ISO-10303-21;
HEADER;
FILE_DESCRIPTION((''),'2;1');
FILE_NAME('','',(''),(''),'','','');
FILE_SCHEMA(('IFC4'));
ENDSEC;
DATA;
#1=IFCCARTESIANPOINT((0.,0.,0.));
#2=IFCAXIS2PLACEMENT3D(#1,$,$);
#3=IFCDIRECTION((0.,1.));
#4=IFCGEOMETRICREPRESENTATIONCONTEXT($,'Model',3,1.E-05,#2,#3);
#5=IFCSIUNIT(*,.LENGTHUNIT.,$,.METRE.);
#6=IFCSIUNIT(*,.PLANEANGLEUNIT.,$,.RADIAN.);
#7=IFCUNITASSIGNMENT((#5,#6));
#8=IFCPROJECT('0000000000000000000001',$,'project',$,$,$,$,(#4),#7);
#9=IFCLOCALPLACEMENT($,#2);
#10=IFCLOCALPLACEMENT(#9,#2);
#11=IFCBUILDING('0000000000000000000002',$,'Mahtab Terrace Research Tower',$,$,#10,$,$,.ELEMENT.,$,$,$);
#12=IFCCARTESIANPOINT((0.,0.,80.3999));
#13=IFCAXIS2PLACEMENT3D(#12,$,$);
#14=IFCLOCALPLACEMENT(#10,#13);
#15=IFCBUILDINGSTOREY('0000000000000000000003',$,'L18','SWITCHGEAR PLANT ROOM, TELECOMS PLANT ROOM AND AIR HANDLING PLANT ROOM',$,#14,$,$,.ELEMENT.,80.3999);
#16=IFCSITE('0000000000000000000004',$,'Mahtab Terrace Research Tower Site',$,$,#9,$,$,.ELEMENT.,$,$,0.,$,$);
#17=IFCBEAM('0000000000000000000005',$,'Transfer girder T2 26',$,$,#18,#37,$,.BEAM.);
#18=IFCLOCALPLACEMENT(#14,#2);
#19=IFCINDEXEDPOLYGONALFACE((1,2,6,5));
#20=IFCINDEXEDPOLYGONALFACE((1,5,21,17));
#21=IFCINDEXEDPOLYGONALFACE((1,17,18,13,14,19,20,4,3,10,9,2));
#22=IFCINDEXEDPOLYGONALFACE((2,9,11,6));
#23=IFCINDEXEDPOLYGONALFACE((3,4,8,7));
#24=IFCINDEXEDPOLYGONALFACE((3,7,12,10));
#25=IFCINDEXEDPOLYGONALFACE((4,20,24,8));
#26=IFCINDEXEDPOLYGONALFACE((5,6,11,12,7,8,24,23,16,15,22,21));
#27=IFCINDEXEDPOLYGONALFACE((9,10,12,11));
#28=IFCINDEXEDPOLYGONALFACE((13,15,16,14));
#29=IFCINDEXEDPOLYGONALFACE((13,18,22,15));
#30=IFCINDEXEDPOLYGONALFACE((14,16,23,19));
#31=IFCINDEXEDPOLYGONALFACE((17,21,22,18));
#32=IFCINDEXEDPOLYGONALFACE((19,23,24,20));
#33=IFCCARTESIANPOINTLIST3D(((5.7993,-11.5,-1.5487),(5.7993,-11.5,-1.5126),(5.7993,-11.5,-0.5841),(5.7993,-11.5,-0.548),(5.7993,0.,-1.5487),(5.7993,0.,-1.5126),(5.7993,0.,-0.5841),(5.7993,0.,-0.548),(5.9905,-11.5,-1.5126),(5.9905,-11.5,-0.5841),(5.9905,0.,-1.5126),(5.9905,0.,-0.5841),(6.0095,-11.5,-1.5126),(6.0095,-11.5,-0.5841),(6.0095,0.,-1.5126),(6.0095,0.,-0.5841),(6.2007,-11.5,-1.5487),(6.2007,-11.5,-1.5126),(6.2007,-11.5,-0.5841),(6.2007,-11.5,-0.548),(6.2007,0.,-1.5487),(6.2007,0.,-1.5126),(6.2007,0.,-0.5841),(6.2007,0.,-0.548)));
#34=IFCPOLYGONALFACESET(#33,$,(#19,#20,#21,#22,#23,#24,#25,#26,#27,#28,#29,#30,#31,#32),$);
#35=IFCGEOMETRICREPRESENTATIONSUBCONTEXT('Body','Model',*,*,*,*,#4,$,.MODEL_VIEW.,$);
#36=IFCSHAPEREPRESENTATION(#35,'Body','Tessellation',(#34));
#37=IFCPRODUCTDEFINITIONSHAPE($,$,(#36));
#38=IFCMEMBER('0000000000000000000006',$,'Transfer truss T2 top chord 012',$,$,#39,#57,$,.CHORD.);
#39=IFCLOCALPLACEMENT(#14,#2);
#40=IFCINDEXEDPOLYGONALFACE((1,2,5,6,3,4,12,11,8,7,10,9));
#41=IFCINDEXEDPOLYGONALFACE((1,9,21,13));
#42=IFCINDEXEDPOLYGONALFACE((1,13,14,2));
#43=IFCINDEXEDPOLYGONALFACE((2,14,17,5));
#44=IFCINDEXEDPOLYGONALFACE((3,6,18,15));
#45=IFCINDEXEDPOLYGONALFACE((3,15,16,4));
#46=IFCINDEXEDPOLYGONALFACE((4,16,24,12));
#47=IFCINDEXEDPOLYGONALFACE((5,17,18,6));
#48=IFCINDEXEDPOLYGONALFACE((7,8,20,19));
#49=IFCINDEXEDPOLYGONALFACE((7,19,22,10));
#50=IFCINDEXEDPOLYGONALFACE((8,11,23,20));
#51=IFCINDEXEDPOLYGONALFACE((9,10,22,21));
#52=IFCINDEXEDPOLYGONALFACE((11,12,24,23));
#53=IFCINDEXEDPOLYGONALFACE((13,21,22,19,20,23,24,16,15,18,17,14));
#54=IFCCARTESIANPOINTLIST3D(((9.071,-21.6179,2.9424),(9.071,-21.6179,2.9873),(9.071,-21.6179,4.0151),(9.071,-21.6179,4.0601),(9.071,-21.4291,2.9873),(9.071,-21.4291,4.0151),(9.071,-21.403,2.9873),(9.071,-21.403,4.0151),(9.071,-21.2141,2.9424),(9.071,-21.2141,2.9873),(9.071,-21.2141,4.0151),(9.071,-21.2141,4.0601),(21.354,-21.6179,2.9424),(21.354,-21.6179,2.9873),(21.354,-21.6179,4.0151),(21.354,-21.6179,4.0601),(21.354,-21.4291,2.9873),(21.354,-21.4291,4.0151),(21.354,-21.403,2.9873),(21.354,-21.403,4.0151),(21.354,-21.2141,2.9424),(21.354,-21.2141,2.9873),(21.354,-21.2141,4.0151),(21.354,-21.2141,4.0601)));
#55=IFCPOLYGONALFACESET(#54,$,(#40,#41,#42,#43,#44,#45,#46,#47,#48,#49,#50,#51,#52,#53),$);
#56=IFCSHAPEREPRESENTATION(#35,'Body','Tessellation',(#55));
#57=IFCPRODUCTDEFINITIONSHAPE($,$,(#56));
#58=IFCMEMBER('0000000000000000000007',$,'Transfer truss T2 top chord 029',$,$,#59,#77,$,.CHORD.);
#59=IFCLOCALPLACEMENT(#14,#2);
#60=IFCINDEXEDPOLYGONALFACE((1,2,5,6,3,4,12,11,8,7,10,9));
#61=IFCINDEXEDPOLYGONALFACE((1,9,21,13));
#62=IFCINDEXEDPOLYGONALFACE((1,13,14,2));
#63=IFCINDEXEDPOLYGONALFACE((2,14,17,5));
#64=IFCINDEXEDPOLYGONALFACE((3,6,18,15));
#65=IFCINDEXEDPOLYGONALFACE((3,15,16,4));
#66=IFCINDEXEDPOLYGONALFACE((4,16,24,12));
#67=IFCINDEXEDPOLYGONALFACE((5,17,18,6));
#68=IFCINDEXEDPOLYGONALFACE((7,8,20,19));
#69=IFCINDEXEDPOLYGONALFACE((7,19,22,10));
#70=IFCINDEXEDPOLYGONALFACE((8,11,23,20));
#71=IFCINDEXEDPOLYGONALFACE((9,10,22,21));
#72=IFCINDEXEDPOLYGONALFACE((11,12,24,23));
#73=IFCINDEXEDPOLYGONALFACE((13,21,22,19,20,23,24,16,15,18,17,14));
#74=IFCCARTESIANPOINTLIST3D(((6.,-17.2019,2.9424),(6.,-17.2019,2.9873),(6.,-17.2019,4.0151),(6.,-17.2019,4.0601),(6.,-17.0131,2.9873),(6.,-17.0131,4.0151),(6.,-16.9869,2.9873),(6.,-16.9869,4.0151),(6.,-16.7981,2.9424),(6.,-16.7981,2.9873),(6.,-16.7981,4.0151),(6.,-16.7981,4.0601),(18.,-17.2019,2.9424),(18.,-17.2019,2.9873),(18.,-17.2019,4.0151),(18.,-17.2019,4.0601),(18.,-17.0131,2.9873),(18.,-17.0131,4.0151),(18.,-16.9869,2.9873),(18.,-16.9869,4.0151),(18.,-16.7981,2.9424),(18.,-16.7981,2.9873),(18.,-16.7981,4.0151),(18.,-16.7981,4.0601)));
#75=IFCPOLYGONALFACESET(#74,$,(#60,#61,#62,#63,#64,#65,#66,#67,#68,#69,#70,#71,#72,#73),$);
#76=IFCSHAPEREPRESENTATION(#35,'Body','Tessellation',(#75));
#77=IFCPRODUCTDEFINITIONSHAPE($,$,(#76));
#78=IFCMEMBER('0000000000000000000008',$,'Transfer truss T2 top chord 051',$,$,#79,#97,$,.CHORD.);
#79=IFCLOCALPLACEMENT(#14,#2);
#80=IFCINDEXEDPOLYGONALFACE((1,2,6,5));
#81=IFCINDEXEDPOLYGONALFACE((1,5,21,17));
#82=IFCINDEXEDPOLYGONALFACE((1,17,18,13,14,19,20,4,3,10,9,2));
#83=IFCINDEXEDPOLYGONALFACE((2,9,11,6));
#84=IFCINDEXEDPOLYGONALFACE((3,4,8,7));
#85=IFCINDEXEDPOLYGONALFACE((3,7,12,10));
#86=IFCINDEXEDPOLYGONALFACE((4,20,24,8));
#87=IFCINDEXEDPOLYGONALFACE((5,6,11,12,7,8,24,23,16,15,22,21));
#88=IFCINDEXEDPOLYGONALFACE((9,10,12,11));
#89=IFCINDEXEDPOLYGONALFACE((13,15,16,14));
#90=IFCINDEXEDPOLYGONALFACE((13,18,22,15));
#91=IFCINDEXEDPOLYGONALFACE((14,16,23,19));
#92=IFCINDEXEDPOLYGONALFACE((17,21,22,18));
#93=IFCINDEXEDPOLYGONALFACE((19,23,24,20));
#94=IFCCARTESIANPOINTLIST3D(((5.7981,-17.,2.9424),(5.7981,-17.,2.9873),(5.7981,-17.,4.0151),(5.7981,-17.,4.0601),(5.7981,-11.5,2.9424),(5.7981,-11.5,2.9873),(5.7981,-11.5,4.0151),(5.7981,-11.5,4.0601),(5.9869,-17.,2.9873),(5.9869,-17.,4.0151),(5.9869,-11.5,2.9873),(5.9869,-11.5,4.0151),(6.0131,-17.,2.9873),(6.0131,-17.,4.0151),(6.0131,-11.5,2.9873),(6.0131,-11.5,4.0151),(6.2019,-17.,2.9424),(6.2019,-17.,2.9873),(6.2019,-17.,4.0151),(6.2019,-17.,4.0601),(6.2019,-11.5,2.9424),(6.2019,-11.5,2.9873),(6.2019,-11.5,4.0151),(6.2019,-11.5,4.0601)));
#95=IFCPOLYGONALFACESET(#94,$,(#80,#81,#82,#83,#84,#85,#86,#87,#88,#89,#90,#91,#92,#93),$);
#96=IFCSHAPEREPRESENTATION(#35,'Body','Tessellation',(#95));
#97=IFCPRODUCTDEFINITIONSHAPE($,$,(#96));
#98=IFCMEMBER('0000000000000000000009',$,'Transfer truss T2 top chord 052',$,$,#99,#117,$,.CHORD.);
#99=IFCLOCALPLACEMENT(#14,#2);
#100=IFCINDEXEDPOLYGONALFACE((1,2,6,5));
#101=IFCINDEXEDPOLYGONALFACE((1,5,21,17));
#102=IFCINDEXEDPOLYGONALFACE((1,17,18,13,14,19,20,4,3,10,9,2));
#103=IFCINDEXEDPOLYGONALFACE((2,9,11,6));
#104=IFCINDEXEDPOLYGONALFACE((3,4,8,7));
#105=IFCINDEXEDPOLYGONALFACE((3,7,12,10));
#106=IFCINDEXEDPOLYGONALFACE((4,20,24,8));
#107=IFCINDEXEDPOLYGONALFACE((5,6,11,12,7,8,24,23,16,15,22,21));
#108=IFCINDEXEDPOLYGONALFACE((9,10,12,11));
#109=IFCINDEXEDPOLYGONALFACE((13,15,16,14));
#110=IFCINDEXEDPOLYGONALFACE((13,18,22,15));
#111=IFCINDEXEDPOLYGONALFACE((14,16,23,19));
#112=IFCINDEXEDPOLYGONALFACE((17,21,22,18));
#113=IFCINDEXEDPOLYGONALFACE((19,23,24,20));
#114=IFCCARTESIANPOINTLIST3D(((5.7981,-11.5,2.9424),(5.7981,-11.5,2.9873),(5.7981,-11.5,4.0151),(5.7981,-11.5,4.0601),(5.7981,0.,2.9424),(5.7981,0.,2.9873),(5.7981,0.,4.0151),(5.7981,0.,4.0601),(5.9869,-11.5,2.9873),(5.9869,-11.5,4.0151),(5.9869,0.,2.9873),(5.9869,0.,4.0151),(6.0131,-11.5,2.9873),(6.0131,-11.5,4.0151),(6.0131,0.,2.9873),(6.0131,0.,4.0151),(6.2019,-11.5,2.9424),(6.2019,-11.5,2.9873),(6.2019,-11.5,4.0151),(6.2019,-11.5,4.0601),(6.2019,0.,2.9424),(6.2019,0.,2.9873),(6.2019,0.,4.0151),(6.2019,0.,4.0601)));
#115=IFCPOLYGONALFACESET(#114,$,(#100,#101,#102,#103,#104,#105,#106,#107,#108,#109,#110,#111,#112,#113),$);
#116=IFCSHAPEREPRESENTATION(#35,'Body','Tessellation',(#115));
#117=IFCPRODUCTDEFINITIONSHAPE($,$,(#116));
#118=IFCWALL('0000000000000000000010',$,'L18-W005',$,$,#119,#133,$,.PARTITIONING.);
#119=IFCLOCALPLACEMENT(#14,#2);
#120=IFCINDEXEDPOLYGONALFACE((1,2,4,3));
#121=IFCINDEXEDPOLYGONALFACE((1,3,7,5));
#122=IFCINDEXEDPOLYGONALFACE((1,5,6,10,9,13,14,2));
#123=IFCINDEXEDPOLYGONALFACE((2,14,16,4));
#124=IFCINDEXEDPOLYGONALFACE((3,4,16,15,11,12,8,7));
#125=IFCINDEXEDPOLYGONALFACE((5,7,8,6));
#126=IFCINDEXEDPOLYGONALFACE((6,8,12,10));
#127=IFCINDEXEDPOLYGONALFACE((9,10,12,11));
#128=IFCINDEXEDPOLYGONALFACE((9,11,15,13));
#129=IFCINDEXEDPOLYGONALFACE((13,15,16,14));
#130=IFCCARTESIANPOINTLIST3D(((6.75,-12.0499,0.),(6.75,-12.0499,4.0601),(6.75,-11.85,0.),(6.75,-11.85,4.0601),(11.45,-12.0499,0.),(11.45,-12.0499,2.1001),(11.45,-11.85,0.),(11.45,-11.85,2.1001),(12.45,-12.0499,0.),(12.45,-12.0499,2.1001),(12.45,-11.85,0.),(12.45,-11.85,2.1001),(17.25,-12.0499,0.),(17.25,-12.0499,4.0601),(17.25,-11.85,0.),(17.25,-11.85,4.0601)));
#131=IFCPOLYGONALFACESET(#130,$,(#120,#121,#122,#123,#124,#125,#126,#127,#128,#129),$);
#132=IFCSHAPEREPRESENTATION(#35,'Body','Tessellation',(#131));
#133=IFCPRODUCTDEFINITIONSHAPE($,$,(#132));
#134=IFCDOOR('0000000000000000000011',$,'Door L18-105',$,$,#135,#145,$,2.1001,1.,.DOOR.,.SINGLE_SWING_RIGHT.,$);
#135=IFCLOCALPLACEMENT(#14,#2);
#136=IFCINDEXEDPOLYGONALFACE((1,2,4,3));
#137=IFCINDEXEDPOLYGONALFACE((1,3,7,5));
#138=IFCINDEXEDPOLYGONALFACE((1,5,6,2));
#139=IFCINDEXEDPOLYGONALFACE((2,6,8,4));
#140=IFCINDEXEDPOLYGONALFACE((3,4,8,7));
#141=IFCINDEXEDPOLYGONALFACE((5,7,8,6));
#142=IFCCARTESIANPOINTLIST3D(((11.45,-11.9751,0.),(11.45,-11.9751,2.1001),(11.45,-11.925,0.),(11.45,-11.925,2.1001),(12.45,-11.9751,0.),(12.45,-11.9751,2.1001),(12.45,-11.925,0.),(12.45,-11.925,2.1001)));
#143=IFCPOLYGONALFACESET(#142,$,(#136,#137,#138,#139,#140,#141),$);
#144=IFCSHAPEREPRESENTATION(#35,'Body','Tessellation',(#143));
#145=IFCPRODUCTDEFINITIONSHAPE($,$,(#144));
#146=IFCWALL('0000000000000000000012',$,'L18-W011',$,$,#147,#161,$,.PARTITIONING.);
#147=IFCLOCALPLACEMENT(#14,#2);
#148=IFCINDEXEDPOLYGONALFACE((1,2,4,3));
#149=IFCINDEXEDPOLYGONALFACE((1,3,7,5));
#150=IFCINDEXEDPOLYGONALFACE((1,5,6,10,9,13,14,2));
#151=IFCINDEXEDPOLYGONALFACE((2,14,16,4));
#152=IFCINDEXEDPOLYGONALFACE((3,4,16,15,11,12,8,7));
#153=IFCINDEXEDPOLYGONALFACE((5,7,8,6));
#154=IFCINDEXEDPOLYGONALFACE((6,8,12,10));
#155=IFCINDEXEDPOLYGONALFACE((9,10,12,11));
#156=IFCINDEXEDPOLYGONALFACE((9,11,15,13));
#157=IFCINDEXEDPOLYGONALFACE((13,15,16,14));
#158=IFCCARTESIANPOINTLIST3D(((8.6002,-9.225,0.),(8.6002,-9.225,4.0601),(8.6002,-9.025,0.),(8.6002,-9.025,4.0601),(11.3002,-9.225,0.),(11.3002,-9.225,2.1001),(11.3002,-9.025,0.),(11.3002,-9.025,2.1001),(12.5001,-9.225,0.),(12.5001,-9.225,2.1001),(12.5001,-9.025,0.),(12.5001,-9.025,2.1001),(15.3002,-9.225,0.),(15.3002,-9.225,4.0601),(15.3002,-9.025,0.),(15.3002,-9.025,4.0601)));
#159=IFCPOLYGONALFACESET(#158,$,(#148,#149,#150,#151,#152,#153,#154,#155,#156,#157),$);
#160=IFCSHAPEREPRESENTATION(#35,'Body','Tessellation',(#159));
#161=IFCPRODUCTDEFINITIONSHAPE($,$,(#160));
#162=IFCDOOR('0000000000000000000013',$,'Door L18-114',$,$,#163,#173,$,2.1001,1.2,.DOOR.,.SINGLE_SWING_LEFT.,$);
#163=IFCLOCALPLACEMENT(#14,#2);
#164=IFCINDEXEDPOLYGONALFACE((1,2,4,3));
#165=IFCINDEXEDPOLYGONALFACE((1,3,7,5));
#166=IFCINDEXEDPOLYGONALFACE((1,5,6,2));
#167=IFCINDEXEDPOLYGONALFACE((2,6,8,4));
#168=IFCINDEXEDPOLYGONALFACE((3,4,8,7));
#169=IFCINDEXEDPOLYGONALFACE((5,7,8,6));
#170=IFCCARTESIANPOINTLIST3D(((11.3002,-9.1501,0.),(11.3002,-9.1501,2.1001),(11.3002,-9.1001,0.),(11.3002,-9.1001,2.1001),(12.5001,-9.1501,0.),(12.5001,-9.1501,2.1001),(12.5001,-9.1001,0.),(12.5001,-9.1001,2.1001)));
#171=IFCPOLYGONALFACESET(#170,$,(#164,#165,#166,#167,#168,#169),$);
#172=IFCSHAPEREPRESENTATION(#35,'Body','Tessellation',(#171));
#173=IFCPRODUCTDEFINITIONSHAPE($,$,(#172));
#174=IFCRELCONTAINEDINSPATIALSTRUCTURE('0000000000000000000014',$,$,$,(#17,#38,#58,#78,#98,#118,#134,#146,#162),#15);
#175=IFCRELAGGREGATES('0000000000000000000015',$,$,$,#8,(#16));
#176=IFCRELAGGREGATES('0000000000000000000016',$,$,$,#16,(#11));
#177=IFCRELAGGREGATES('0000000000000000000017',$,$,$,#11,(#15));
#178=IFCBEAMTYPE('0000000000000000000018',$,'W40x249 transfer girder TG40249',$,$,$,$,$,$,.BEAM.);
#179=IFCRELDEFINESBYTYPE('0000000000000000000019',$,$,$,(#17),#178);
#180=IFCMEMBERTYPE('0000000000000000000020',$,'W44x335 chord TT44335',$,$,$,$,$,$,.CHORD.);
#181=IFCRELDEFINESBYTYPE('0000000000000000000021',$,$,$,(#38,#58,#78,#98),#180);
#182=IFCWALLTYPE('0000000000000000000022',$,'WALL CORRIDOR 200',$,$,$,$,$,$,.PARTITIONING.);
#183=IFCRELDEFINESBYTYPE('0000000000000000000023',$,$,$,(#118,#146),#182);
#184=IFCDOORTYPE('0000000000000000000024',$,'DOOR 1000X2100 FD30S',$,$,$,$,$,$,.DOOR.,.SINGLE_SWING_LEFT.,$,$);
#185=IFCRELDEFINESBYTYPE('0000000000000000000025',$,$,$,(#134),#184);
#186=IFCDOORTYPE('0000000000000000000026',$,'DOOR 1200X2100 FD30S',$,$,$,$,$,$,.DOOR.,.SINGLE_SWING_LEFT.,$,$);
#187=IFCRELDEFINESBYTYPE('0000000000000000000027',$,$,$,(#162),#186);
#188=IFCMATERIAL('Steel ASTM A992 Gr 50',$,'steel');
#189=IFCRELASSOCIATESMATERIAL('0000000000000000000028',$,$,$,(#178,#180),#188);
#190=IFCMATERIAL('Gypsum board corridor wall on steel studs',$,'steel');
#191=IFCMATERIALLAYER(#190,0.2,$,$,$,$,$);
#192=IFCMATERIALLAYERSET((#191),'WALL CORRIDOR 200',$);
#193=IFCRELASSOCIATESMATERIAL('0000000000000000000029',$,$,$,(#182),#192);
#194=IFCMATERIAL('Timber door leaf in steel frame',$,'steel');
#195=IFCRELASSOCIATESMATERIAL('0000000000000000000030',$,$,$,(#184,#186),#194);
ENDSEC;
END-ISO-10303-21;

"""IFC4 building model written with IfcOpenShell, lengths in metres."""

from ifc_helpers import new_model, si_unit, direction, frame, frame_2d, origin, origin_2d, place, context, subcontext, project, spatial, rectangle, i_section, extrude, material, layer, layer_set, material_profile, profile_set, type_object, element, fill, save


model = new_model("IFC4")

# Units and contexts
model_context = context("Model", 3, precision=1e-05, world=origin(), true_north=direction((0.0, 1.0)))
body_context = subcontext(model_context, "Body", "Model", "MODEL_VIEW")
ifc_project = project(units=[si_unit("LENGTHUNIT", "METRE"), si_unit("PLANEANGLEUNIT", "RADIAN")], contexts=[model_context])

# Site, building, storey
site_placement = place(None, origin())
site = spatial("IfcSite", under=ifc_project, at=site_placement, Name="Mahtab Terrace Research Tower Site", CompositionType="ELEMENT", RefElevation=0.0)
building_placement = place(site_placement, origin())
building = spatial("IfcBuilding", under=site, at=building_placement, Name="Mahtab Terrace Research Tower", CompositionType="ELEMENT")
storey_placement = place(building_placement, frame((0.0, 0.0, 80.3999)))
storey = spatial("IfcBuildingStorey", under=building, at=storey_placement, Name="L18", Description="SWITCHGEAR PLANT ROOM, TELECOMS PLANT ROOM AND AIR HANDLING PLANT ROOM", CompositionType="ELEMENT", Elevation=80.3999)

# Shared definitions
ifc_material_1 = material(Name="Steel ASTM A992 Gr 50", Category="steel")

# Beam
ifc_material_profile_1 = material_profile(ifc_material_1, i_section(OverallWidth=0.4014, OverallDepth=1.0007, WebThickness=0.019, FlangeThickness=0.0361, at=origin_2d()), Name="W40X249")
ifc_profile_set_1 = profile_set([ifc_material_profile_1], Name="Steel ASTM A992 Gr 50")
beam_type = type_object("IfcBeamType", Name="W40x249 transfer girder TG40249", PredefinedType="BEAM", material=ifc_profile_set_1)
beam_1_placement = place(storey_placement, frame((6.0, -11.5, -1.0483), z_axis=(0.0, 1.0, 0.0), x_axis=(-1.0, 0.0, 0.0)))
element("IfcBeam", 1, at=beam_1_placement, inside=storey, type_object=beam_type, Name="Transfer girder T2 26", PredefinedType="BEAM", context=body_context, shape_type="SweptSolid", body=[
    extrude(i_section(OverallWidth=0.4014, OverallDepth=1.0007, WebThickness=0.019, FlangeThickness=0.0361, at=origin_2d()), origin(), (0.0, 0.0, 1.0), 11.5),
])

# Members
ifc_material_profile_2 = material_profile(ifc_material_1, i_section(OverallWidth=0.4038, OverallDepth=1.1177, WebThickness=0.0261, FlangeThickness=0.0449, at=origin_2d()), Name="W44X335")
ifc_profile_set_2 = profile_set([ifc_material_profile_2], Name="Steel ASTM A992 Gr 50")
member_type_1 = type_object("IfcMemberType", Name="W44x335 chord TT44335", PredefinedType="CHORD", material=ifc_profile_set_2)
member_1_placement = place(storey_placement, frame((9.071, -21.416, 3.5012), z_axis=(1.0, 0.0, 0.0), x_axis=(0.0, 1.0, 0.0)))
element("IfcMember", 2, at=member_1_placement, inside=storey, type_object=member_type_1, Name="Transfer truss T2 top chord 012", PredefinedType="CHORD", context=body_context, shape_type="SweptSolid", body=[
    extrude(i_section(OverallWidth=0.4038, OverallDepth=1.1177, WebThickness=0.0261, FlangeThickness=0.0449, at=origin_2d()), origin(), (0.0, 0.0, 1.0), 12.283),
])
member_2_placement = place(storey_placement, frame((6.0, -17.0, 3.5012), z_axis=(1.0, 0.0, 0.0), x_axis=(0.0, 1.0, 0.0)))
element("IfcMember", 3, at=member_2_placement, inside=storey, type_object=member_type_1, Name="Transfer truss T2 top chord 029", PredefinedType="CHORD", context=body_context, shape_type="SweptSolid", body=[
    extrude(i_section(OverallWidth=0.4038, OverallDepth=1.1177, WebThickness=0.0261, FlangeThickness=0.0449, at=origin_2d()), origin(), (0.0, 0.0, 1.0), 12.0),
])
member_3_placement = place(storey_placement, frame((6.0, -17.0, 3.5012), z_axis=(0.0, 1.0, 0.0), x_axis=(-1.0, 0.0, 0.0)))
element("IfcMember", 4, at=member_3_placement, inside=storey, type_object=member_type_1, Name="Transfer truss T2 top chord 051", PredefinedType="CHORD", context=body_context, shape_type="SweptSolid", body=[
    extrude(i_section(OverallWidth=0.4038, OverallDepth=1.1177, WebThickness=0.0261, FlangeThickness=0.0449, at=origin_2d()), origin(), (0.0, 0.0, 1.0), 5.5),
])
member_4_placement = place(storey_placement, frame((6.0, -11.5, 3.5012), z_axis=(0.0, 1.0, 0.0), x_axis=(-1.0, 0.0, 0.0)))
element("IfcMember", 5, at=member_4_placement, inside=storey, type_object=member_type_1, Name="Transfer truss T2 top chord 052", PredefinedType="CHORD", context=body_context, shape_type="SweptSolid", body=[
    extrude(i_section(OverallWidth=0.4038, OverallDepth=1.1177, WebThickness=0.0261, FlangeThickness=0.0449, at=origin_2d()), origin(), (0.0, 0.0, 1.0), 11.5),
])

# Walls, openings, doors
ifc_material_2 = material(Name="Gypsum board corridor wall on steel studs", Category="steel")
ifc_layer_1 = layer(ifc_material_2, 0.2)
ifc_layer_set_1 = layer_set([ifc_layer_1], Name="WALL CORRIDOR 200")
wall_type = type_object("IfcWallType", Name="WALL CORRIDOR 200", PredefinedType="PARTITIONING", material=ifc_layer_set_1)
wall_1_placement = place(storey_placement, frame((6.75, -11.95, 0.0), z_axis=(0.0, 0.0, 1.0), x_axis=(1.0, 0.0, 0.0)))
wall_1 = element("IfcWall", 6, at=wall_1_placement, inside=storey, type_object=wall_type, Name="L18-W005", PredefinedType="PARTITIONING", context=body_context, shape_type="SweptSolid", body=[
    extrude(rectangle(XDim=10.5, YDim=0.2, at=frame_2d((5.25, 0.0))), origin(), (0.0, 0.0, 1.0), 4.0601),
])
opening_1_placement = place(wall_1_placement, frame((4.7, 0.0, 0.0)))
opening_1 = element("IfcOpeningElement", 7, at=opening_1_placement, cuts=wall_1, PredefinedType="OPENING", context=body_context, shape_type="SweptSolid", body=[
    extrude(rectangle(XDim=1.0, YDim=2.1001, at=frame_2d((0.5, 1.05))), frame((0.0, 0.1099, 0.0), z_axis=(0.0, -1.0, 0.0), x_axis=(1.0, 0.0, 0.0)), (0.0, 0.0, 1.0), 0.22),
])
ifc_material_3 = material(Name="Timber door leaf in steel frame", Category="steel")
door_type_1 = type_object("IfcDoorType", Name="DOOR 1000X2100 FD30S", OperationType="SINGLE_SWING_LEFT", PredefinedType="DOOR", material=ifc_material_3)
door_1_placement = place(opening_1_placement, origin())
door_1 = element("IfcDoor", 8, at=door_1_placement, inside=storey, type_object=door_type_1, Name="Door L18-105", OperationType="SINGLE_SWING_RIGHT", OverallHeight=2.1001, OverallWidth=1.0, PredefinedType="DOOR", context=body_context, shape_type="SweptSolid", body=[
    extrude(rectangle(XDim=1.0, YDim=2.1001, at=frame_2d((0.5, 1.05))), frame((0.0, 0.0249, 0.0), z_axis=(0.0, -1.0, 0.0), x_axis=(1.0, 0.0, 0.0)), (0.0, 0.0, 1.0), 0.05),
])
fill(opening_1, door_1)
wall_2_placement = place(storey_placement, frame((8.6001, -9.125, 0.0), z_axis=(0.0, 0.0, 1.0), x_axis=(1.0, 0.0, 0.0)))
wall_2 = element("IfcWall", 9, at=wall_2_placement, inside=storey, type_object=wall_type, Name="L18-W011", PredefinedType="PARTITIONING", context=body_context, shape_type="SweptSolid", body=[
    extrude(rectangle(XDim=6.7, YDim=0.2, at=frame_2d((3.3501, 0.0))), origin(), (0.0, 0.0, 1.0), 4.0601),
])
opening_2_placement = place(wall_2_placement, frame((2.7, 0.0, 0.0)))
opening_2 = element("IfcOpeningElement", 10, at=opening_2_placement, cuts=wall_2, PredefinedType="OPENING", context=body_context, shape_type="SweptSolid", body=[
    extrude(rectangle(XDim=1.2, YDim=2.1001, at=frame_2d((0.6001, 1.05))), frame((0.0, 0.1099, 0.0), z_axis=(0.0, -1.0, 0.0), x_axis=(1.0, 0.0, 0.0)), (0.0, 0.0, 1.0), 0.22),
])
door_type_2 = type_object("IfcDoorType", Name="DOOR 1200X2100 FD30S", OperationType="SINGLE_SWING_LEFT", PredefinedType="DOOR", material=ifc_material_3)
door_2_placement = place(opening_2_placement, origin())
door_2 = element("IfcDoor", 11, at=door_2_placement, inside=storey, type_object=door_type_2, Name="Door L18-114", OperationType="SINGLE_SWING_LEFT", OverallHeight=2.1001, OverallWidth=1.2, PredefinedType="DOOR", context=body_context, shape_type="SweptSolid", body=[
    extrude(rectangle(XDim=1.2, YDim=2.1001, at=frame_2d((0.6001, 1.05))), frame((0.0, 0.0249, 0.0), z_axis=(0.0, -1.0, 0.0), x_axis=(1.0, 0.0, 0.0)), (0.0, 0.0, 1.0), 0.05),
])
fill(opening_2, door_2)

save(model, "model.ifc")
